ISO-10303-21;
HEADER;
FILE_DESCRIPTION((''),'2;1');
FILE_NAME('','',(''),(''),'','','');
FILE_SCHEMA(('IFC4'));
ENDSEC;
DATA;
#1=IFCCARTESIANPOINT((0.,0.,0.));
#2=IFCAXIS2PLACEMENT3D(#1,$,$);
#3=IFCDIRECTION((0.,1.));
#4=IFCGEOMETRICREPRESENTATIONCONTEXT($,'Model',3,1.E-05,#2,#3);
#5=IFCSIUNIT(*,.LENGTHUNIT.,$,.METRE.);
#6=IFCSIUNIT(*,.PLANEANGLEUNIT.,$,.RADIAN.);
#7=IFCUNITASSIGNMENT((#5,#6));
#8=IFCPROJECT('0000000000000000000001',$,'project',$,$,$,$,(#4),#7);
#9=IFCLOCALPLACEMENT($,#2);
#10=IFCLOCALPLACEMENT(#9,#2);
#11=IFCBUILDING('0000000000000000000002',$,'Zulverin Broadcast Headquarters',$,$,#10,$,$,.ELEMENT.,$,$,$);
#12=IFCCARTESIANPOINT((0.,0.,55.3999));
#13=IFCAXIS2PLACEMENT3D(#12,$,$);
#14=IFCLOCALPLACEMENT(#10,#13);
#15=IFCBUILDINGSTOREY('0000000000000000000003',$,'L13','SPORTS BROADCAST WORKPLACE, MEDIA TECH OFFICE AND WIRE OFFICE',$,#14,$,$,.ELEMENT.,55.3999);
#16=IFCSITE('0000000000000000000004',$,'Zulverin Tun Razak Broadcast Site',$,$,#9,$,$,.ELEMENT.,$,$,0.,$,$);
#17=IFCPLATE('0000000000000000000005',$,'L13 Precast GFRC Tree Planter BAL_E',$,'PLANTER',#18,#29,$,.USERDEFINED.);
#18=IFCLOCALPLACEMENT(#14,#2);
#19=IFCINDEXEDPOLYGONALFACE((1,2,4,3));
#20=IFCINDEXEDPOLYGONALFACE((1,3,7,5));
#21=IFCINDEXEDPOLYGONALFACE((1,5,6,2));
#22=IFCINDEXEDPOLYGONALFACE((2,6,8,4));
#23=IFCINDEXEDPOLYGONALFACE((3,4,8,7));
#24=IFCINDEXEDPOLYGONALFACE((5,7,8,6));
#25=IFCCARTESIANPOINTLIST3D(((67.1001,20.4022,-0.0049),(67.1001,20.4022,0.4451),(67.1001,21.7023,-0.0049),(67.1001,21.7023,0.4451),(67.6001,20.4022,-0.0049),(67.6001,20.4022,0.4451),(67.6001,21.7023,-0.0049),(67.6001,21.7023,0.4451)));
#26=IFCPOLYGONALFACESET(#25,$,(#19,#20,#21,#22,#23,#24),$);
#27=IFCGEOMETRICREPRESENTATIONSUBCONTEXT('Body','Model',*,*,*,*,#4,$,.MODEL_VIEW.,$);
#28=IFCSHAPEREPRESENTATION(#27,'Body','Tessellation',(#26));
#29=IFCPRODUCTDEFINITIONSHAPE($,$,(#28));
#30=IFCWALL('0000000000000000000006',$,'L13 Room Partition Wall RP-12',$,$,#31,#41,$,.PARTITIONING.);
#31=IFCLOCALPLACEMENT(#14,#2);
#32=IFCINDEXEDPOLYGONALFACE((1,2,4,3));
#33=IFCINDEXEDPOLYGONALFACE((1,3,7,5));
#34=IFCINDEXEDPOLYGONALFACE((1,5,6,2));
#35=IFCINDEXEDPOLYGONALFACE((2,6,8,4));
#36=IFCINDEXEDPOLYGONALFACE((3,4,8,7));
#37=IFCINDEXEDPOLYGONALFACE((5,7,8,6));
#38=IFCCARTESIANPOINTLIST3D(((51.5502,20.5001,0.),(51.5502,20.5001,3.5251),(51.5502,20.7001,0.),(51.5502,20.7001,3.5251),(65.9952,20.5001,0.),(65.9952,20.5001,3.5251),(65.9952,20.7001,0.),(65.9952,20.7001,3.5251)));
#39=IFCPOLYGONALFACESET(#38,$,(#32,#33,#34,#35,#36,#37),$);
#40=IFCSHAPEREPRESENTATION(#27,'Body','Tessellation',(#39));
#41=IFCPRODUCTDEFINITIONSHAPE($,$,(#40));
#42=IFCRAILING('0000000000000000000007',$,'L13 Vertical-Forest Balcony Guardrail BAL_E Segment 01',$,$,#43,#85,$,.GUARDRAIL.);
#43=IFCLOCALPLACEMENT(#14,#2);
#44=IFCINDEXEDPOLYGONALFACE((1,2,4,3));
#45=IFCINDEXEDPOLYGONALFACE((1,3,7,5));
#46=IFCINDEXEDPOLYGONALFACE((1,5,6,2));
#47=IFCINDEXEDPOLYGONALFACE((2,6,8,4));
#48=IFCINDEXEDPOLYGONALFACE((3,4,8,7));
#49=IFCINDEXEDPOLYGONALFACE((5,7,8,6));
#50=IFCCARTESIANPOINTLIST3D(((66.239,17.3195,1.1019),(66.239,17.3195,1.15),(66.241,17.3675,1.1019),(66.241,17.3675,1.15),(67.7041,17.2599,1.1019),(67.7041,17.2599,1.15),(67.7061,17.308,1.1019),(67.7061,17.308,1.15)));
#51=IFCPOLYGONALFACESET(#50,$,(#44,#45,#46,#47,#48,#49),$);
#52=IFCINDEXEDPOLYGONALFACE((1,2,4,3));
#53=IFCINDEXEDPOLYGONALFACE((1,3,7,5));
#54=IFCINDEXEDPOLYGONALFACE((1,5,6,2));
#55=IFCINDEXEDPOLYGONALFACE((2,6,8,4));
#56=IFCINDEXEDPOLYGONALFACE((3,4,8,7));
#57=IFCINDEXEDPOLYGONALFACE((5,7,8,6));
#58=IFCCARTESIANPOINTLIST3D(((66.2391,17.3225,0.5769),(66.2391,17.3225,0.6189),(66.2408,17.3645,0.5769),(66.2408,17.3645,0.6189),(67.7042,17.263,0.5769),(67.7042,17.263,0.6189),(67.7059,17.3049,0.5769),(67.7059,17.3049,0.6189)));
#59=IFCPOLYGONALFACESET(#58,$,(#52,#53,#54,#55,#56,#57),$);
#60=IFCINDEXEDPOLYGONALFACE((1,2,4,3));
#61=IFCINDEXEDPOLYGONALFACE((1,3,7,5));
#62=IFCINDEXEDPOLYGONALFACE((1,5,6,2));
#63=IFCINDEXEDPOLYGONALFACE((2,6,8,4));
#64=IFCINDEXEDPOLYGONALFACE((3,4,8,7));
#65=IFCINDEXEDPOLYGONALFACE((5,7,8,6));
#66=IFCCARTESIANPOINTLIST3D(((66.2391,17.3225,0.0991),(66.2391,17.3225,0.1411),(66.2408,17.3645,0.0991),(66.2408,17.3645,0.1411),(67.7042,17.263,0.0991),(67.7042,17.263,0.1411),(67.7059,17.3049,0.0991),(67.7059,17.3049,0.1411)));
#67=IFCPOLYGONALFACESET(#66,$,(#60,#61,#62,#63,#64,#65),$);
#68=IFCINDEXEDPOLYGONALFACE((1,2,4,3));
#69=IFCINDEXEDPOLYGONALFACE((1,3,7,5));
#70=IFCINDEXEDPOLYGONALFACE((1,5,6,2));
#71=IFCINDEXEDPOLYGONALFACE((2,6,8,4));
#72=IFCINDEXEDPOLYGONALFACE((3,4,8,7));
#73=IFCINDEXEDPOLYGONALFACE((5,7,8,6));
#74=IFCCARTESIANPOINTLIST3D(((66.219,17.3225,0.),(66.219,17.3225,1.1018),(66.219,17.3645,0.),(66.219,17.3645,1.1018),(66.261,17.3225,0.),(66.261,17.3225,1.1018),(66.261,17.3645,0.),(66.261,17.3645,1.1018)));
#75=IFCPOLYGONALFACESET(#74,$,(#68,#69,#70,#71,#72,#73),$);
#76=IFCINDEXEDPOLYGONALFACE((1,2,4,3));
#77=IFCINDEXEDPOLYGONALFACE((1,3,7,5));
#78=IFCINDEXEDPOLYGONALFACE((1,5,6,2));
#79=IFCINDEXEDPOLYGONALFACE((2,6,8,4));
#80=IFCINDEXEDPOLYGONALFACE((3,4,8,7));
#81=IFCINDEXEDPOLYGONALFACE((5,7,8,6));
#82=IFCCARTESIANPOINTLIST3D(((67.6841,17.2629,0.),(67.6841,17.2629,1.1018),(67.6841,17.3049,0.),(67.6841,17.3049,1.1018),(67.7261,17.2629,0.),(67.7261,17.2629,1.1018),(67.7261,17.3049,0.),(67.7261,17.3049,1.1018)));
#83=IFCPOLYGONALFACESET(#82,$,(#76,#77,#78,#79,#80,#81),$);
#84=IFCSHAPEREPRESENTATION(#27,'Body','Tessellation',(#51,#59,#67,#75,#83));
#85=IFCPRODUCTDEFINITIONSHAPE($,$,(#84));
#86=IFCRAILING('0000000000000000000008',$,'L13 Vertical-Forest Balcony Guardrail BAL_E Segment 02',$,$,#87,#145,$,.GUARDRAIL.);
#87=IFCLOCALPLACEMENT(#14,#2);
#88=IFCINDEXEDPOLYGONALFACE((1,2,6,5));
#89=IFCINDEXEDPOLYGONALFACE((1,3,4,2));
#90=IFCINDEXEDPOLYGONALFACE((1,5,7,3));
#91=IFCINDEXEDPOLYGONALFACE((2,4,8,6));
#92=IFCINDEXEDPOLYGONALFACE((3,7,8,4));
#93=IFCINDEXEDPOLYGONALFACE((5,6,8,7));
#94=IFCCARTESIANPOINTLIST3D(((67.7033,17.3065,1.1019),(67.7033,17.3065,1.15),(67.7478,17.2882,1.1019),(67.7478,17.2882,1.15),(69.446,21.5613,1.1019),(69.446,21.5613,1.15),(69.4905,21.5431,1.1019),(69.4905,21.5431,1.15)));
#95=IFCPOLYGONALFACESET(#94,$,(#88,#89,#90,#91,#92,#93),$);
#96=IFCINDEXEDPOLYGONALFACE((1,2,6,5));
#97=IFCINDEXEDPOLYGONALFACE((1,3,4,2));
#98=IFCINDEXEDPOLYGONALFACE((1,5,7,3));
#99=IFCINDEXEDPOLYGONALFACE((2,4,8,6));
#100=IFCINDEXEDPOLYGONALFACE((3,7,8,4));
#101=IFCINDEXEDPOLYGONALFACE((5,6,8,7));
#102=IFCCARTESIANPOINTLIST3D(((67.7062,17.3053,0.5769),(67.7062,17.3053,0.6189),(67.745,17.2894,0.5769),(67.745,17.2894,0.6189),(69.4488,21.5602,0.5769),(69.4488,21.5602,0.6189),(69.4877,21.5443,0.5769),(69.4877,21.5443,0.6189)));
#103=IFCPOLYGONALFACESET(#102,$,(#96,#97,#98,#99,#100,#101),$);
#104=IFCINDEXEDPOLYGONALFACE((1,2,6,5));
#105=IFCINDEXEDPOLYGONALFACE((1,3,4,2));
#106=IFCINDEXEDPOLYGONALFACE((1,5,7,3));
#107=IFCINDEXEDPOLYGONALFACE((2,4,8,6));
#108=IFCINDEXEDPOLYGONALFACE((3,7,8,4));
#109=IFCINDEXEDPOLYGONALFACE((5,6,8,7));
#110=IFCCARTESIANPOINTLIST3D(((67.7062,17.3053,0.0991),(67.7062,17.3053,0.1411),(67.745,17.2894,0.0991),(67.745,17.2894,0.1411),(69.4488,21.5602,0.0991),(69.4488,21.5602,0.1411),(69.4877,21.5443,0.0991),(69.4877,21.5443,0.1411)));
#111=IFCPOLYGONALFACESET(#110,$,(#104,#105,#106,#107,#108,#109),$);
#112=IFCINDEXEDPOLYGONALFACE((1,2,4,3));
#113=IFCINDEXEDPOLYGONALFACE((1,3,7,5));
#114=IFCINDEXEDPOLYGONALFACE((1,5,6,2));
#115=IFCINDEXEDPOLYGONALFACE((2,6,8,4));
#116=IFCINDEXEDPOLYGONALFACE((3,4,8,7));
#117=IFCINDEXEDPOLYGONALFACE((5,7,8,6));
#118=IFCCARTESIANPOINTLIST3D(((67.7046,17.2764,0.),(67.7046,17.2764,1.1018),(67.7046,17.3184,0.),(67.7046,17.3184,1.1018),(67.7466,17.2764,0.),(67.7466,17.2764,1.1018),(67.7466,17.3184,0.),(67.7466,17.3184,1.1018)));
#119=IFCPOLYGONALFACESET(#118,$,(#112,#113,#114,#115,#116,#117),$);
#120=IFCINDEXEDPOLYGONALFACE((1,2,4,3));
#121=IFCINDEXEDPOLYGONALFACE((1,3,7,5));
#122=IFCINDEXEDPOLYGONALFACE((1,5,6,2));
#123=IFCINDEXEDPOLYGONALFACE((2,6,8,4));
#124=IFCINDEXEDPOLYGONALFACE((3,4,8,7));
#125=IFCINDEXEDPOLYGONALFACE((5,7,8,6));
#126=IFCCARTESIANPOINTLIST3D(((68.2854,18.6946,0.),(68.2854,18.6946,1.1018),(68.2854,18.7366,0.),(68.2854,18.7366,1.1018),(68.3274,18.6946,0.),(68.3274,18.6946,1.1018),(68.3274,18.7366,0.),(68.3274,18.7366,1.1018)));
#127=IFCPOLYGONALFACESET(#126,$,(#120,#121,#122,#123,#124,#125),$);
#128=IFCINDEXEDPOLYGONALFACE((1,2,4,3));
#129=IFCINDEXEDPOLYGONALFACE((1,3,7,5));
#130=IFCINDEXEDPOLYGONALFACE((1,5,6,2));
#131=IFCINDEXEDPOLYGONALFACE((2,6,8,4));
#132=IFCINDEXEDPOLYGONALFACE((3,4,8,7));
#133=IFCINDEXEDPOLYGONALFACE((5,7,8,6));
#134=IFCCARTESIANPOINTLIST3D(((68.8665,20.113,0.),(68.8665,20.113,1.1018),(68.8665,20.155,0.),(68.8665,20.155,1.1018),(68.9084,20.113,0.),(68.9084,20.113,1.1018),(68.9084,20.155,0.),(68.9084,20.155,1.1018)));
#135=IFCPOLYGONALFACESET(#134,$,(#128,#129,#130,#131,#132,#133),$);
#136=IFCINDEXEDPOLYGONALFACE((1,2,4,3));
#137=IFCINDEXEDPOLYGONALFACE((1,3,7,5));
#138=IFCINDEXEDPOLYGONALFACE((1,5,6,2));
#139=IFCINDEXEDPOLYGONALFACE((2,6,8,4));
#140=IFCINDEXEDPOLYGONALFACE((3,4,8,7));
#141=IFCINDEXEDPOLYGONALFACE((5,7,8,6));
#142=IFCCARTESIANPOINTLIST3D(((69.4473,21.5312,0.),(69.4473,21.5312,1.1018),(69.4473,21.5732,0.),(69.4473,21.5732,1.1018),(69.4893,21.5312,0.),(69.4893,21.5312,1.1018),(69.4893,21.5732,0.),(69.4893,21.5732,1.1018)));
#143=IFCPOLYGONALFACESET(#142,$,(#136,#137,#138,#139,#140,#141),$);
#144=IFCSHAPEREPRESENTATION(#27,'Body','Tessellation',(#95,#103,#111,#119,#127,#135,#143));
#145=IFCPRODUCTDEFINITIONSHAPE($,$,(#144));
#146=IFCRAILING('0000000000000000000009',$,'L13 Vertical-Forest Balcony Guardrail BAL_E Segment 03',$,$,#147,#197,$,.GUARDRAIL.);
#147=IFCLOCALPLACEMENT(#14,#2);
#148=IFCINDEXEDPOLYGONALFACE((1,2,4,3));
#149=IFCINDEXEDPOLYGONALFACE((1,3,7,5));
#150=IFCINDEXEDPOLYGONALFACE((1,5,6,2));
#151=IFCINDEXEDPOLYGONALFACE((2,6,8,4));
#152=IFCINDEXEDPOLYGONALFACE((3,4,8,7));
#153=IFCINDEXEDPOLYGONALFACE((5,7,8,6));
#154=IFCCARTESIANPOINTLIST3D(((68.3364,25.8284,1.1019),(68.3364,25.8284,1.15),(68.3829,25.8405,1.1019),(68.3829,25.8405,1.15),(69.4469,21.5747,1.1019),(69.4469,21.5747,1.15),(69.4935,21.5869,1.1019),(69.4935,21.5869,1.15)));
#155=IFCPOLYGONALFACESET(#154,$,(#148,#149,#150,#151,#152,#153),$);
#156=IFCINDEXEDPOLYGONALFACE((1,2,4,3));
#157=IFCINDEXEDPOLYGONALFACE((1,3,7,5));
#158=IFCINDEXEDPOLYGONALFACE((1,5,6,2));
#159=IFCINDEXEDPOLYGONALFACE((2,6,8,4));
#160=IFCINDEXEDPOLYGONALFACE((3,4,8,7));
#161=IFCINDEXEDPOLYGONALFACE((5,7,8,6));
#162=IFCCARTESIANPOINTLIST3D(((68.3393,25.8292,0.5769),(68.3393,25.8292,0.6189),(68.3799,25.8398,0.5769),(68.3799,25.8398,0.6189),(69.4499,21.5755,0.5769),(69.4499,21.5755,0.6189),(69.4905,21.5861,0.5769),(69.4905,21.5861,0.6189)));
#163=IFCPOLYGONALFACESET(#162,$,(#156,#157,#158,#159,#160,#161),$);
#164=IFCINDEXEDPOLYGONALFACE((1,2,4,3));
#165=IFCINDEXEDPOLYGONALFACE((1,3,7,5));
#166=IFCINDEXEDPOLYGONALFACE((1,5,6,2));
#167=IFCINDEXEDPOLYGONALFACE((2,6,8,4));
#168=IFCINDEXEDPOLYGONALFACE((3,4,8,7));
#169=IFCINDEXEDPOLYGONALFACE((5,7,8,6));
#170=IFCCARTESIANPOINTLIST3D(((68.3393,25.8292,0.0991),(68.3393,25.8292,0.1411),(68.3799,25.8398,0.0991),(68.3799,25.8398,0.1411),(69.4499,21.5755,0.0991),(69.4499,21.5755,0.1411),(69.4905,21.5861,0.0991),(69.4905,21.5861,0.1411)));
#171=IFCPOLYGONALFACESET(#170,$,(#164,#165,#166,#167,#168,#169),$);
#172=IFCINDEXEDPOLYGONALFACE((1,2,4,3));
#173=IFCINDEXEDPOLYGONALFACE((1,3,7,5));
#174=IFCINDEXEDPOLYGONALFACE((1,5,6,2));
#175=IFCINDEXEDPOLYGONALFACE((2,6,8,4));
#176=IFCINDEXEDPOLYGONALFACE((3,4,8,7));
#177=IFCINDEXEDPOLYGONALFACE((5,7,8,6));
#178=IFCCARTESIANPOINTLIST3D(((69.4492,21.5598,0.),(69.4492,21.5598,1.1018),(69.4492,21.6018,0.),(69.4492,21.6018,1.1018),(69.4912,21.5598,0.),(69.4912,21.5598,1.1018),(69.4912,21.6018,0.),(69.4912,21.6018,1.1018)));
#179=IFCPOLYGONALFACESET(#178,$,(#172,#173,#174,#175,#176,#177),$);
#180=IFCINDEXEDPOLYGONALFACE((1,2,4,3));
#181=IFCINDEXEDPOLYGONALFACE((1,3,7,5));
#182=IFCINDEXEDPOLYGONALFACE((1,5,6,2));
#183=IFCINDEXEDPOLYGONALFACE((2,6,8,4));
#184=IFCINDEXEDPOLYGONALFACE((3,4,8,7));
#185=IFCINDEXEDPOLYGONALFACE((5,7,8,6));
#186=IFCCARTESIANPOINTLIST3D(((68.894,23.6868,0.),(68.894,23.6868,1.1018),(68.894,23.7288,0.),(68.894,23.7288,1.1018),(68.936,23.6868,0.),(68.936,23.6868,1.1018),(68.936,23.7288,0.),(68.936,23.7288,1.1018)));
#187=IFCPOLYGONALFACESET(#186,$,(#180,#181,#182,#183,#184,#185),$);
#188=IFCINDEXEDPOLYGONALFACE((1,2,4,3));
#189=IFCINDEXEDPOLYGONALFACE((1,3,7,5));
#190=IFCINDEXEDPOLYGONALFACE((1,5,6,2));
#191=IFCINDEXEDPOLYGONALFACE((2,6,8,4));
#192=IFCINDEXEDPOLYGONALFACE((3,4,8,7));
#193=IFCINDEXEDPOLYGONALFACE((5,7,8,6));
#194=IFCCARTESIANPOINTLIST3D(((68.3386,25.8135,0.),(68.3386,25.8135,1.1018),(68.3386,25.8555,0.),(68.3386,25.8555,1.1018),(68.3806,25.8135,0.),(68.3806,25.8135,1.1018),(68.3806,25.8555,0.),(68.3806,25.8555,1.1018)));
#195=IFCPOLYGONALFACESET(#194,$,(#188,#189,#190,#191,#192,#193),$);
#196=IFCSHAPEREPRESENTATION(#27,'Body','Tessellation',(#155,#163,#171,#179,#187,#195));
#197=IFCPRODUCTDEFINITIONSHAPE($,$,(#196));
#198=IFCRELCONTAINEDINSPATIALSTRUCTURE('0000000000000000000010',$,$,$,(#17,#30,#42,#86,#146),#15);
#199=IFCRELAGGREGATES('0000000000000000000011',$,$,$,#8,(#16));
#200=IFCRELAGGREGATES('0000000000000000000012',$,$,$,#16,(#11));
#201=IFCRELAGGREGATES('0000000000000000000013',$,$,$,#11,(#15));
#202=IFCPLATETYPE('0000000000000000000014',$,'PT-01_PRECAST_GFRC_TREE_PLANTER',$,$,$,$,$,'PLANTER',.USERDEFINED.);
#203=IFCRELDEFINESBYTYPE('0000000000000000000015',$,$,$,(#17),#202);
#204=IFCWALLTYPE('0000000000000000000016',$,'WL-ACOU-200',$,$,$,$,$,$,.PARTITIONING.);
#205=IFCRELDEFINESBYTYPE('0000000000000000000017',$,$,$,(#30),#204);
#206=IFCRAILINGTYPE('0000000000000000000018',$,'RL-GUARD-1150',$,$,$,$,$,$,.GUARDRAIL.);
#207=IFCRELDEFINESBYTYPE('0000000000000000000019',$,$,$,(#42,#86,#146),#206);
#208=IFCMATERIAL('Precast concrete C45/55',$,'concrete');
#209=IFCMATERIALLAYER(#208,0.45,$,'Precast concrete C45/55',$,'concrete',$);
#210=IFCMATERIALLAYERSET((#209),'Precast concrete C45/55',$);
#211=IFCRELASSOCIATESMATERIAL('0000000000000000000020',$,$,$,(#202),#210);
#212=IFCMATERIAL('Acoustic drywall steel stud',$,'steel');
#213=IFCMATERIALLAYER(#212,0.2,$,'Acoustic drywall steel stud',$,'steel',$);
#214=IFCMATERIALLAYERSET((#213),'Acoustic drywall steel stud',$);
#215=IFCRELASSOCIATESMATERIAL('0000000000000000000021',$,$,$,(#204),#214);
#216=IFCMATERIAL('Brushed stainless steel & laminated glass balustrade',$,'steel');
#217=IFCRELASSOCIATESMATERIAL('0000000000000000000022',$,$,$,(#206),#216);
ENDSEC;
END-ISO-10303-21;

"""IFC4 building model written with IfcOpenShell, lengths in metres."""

from ifc_helpers import new_model, si_unit, direction, frame, frame_2d, origin, origin_2d, place, context, subcontext, project, spatial, rectangle, extrude, material, layer, layer_set, type_object, element, save


model = new_model("IFC4")

# Units and contexts
model_context = context("Model", 3, precision=1e-05, world=origin(), true_north=direction((0.0, 1.0)))
body_context = subcontext(model_context, "Body", "Model", "MODEL_VIEW")
ifc_project = project(units=[si_unit("LENGTHUNIT", "METRE"), si_unit("PLANEANGLEUNIT", "RADIAN")], contexts=[model_context])

# Site, building, storey
site_placement = place(None, origin())
site = spatial("IfcSite", under=ifc_project, at=site_placement, Name="Zulverin Tun Razak Broadcast Site", CompositionType="ELEMENT", RefElevation=0.0)
building_placement = place(site_placement, origin())
building = spatial("IfcBuilding", under=site, at=building_placement, Name="Zulverin Broadcast Headquarters", CompositionType="ELEMENT")
storey_placement = place(building_placement, frame((0.0, 0.0, 55.3999)))
storey = spatial("IfcBuildingStorey", under=building, at=storey_placement, Name="L13", Description="SPORTS BROADCAST WORKPLACE, MEDIA TECH OFFICE AND WIRE OFFICE", CompositionType="ELEMENT", Elevation=55.3999)

# Plate
ifc_material_1 = material(Name="Precast concrete C45/55", Category="concrete")
ifc_layer_1 = layer(ifc_material_1, 0.45, Name="Precast concrete C45/55", Category="concrete")
ifc_layer_set_1 = layer_set([ifc_layer_1], Name="Precast concrete C45/55")
plate_type = type_object("IfcPlateType", Name="PT-01_PRECAST_GFRC_TREE_PLANTER", ElementType="PLANTER", PredefinedType="USERDEFINED", material=ifc_layer_set_1)
plate_placement = place(storey_placement, frame((67.3501, 21.0522, -0.0049), z_axis=(0.0, 0.0, 1.0), x_axis=(0.0, 1.0, 0.0)))
element("IfcPlate", 1, at=plate_placement, inside=storey, type_object=plate_type, Name="L13 Precast GFRC Tree Planter BAL_E", ObjectType="PLANTER", PredefinedType="USERDEFINED", context=body_context, shape_type="SweptSolid", body=[
    extrude(rectangle(XDim=1.3, YDim=0.5, at=origin_2d()), origin(), (0.0, 0.0, 1.0), 0.45),
])

# Wall
ifc_material_2 = material(Name="Acoustic drywall steel stud", Category="steel")
ifc_layer_2 = layer(ifc_material_2, 0.2, Name="Acoustic drywall steel stud", Category="steel")
ifc_layer_set_2 = layer_set([ifc_layer_2], Name="Acoustic drywall steel stud")
wall_type_1 = type_object("IfcWallType", Name="WL-ACOU-200", PredefinedType="PARTITIONING", material=ifc_layer_set_2)
wall_1_placement = place(storey_placement, frame((51.55, 20.6001, 0.0), z_axis=(0.0, 0.0, 1.0), x_axis=(1.0, 0.0, 0.0)))
element("IfcWall", 2, at=wall_1_placement, inside=storey, type_object=wall_type_1, Name="L13 Room Partition Wall RP-12", PredefinedType="PARTITIONING", context=body_context, shape_type="SweptSolid", body=[
    extrude(rectangle(XDim=14.4451, YDim=0.2, at=frame_2d((7.2227, 0.0))), origin(), (0.0, 0.0, 1.0), 3.5251),
])

# Railings
ifc_material_3 = material(Name="Brushed stainless steel & laminated glass balustrade", Category="steel")
railing_type = type_object("IfcRailingType", Name="RL-GUARD-1150", PredefinedType="GUARDRAIL", material=ifc_material_3)
railing_1_placement = place(storey_placement, frame((66.24, 17.3435, 0.0)))
element("IfcRailing", 3, at=railing_1_placement, inside=storey, type_object=railing_type, Name="L13 Vertical-Forest Balcony Guardrail BAL_E Segment 01", PredefinedType="GUARDRAIL", context=body_context, shape_type="SweptSolid", body=[
    extrude(rectangle(XDim=0.0481, YDim=0.0481, at=origin_2d()), frame((0.0, 0.0, 1.126), z_axis=(0.999174, -0.040626, 0.0), x_axis=(0.040626, 0.999174, 0.0)), (0.0, 0.0, 1.0), 1.4663),
    extrude(rectangle(XDim=0.042, YDim=0.042, at=origin_2d()), frame((0.0, 0.0, 0.5979), z_axis=(0.999174, -0.040626, 0.0), x_axis=(0.040626, 0.999174, 0.0)), (0.0, 0.0, 1.0), 1.4663),
    extrude(rectangle(XDim=0.042, YDim=0.042, at=origin_2d()), frame((0.0, 0.0, 0.1201), z_axis=(0.999174, -0.040626, 0.0), x_axis=(0.040626, 0.999174, 0.0)), (0.0, 0.0, 1.0), 1.4663),
    extrude(rectangle(XDim=0.042, YDim=0.042, at=origin_2d()), origin(), (0.0, 0.0, 1.0), 1.1018),
    extrude(rectangle(XDim=0.042, YDim=0.042, at=origin_2d()), frame((1.4651, -0.0596, 0.0)), (0.0, 0.0, 1.0), 1.1018),
])
railing_2_placement = place(storey_placement, frame((67.7256, 17.2974, 0.0)))
element("IfcRailing", 4, at=railing_2_placement, inside=storey, type_object=railing_type, Name="L13 Vertical-Forest Balcony Guardrail BAL_E Segment 02", PredefinedType="GUARDRAIL", context=body_context, shape_type="SweptSolid", body=[
    extrude(rectangle(XDim=0.0481, YDim=0.0481, at=origin_2d()), frame((0.0, 0.0, 1.126), z_axis=(0.379013, 0.925391, 0.0), x_axis=(-0.925391, 0.379013, 0.0)), (0.0, 0.0, 1.0), 4.5979),
    extrude(rectangle(XDim=0.042, YDim=0.042, at=origin_2d()), frame((0.0, 0.0, 0.5979), z_axis=(0.379013, 0.925391, 0.0), x_axis=(-0.925391, 0.379013, 0.0)), (0.0, 0.0, 1.0), 4.5979),
    extrude(rectangle(XDim=0.042, YDim=0.042, at=origin_2d()), frame((0.0, 0.0, 0.1201), z_axis=(0.379013, 0.925391, 0.0), x_axis=(-0.925391, 0.379013, 0.0)), (0.0, 0.0, 1.0), 4.5979),
    extrude(rectangle(XDim=0.042, YDim=0.042, at=origin_2d()), origin(), (0.0, 0.0, 1.0), 1.1018),
    extrude(rectangle(XDim=0.042, YDim=0.042, at=origin_2d()), frame((0.5808, 1.4182, 0.0)), (0.0, 0.0, 1.0), 1.1018),
    extrude(rectangle(XDim=0.042, YDim=0.042, at=origin_2d()), frame((1.1619, 2.8367, 0.0)), (0.0, 0.0, 1.0), 1.1018),
    extrude(rectangle(XDim=0.042, YDim=0.042, at=origin_2d()), frame((1.7427, 4.2549, 0.0)), (0.0, 0.0, 1.0), 1.1018),
])
railing_3_placement = place(storey_placement, frame((69.4702, 21.5808, 0.0)))
element("IfcRailing", 5, at=railing_3_placement, inside=storey, type_object=railing_type, Name="L13 Vertical-Forest Balcony Guardrail BAL_E Segment 03", PredefinedType="GUARDRAIL", context=body_context, shape_type="SweptSolid", body=[
    extrude(rectangle(XDim=0.0481, YDim=0.0481, at=origin_2d()), frame((0.0, 0.0, 1.126), z_axis=(-0.252623, 0.967565, 0.0), x_axis=(-0.967565, -0.252623, 0.0)), (0.0, 0.0, 1.0), 4.3962),
    extrude(rectangle(XDim=0.042, YDim=0.042, at=origin_2d()), frame((0.0, 0.0, 0.5979), z_axis=(-0.252623, 0.967565, 0.0), x_axis=(-0.967565, -0.252623, 0.0)), (0.0, 0.0, 1.0), 4.3962),
    extrude(rectangle(XDim=0.042, YDim=0.042, at=origin_2d()), frame((0.0, 0.0, 0.1201), z_axis=(-0.252623, 0.967565, 0.0), x_axis=(-0.967565, -0.252623, 0.0)), (0.0, 0.0, 1.0), 4.3962),
    extrude(rectangle(XDim=0.042, YDim=0.042, at=origin_2d()), origin(), (0.0, 0.0, 1.0), 1.1018),
    extrude(rectangle(XDim=0.042, YDim=0.042, at=origin_2d()), frame((-0.5552, 2.127, 0.0)), (0.0, 0.0, 1.0), 1.1018),
    extrude(rectangle(XDim=0.042, YDim=0.042, at=origin_2d()), frame((-1.1106, 4.2537, 0.0)), (0.0, 0.0, 1.0), 1.1018),
])

save(model, "model.ifc")
